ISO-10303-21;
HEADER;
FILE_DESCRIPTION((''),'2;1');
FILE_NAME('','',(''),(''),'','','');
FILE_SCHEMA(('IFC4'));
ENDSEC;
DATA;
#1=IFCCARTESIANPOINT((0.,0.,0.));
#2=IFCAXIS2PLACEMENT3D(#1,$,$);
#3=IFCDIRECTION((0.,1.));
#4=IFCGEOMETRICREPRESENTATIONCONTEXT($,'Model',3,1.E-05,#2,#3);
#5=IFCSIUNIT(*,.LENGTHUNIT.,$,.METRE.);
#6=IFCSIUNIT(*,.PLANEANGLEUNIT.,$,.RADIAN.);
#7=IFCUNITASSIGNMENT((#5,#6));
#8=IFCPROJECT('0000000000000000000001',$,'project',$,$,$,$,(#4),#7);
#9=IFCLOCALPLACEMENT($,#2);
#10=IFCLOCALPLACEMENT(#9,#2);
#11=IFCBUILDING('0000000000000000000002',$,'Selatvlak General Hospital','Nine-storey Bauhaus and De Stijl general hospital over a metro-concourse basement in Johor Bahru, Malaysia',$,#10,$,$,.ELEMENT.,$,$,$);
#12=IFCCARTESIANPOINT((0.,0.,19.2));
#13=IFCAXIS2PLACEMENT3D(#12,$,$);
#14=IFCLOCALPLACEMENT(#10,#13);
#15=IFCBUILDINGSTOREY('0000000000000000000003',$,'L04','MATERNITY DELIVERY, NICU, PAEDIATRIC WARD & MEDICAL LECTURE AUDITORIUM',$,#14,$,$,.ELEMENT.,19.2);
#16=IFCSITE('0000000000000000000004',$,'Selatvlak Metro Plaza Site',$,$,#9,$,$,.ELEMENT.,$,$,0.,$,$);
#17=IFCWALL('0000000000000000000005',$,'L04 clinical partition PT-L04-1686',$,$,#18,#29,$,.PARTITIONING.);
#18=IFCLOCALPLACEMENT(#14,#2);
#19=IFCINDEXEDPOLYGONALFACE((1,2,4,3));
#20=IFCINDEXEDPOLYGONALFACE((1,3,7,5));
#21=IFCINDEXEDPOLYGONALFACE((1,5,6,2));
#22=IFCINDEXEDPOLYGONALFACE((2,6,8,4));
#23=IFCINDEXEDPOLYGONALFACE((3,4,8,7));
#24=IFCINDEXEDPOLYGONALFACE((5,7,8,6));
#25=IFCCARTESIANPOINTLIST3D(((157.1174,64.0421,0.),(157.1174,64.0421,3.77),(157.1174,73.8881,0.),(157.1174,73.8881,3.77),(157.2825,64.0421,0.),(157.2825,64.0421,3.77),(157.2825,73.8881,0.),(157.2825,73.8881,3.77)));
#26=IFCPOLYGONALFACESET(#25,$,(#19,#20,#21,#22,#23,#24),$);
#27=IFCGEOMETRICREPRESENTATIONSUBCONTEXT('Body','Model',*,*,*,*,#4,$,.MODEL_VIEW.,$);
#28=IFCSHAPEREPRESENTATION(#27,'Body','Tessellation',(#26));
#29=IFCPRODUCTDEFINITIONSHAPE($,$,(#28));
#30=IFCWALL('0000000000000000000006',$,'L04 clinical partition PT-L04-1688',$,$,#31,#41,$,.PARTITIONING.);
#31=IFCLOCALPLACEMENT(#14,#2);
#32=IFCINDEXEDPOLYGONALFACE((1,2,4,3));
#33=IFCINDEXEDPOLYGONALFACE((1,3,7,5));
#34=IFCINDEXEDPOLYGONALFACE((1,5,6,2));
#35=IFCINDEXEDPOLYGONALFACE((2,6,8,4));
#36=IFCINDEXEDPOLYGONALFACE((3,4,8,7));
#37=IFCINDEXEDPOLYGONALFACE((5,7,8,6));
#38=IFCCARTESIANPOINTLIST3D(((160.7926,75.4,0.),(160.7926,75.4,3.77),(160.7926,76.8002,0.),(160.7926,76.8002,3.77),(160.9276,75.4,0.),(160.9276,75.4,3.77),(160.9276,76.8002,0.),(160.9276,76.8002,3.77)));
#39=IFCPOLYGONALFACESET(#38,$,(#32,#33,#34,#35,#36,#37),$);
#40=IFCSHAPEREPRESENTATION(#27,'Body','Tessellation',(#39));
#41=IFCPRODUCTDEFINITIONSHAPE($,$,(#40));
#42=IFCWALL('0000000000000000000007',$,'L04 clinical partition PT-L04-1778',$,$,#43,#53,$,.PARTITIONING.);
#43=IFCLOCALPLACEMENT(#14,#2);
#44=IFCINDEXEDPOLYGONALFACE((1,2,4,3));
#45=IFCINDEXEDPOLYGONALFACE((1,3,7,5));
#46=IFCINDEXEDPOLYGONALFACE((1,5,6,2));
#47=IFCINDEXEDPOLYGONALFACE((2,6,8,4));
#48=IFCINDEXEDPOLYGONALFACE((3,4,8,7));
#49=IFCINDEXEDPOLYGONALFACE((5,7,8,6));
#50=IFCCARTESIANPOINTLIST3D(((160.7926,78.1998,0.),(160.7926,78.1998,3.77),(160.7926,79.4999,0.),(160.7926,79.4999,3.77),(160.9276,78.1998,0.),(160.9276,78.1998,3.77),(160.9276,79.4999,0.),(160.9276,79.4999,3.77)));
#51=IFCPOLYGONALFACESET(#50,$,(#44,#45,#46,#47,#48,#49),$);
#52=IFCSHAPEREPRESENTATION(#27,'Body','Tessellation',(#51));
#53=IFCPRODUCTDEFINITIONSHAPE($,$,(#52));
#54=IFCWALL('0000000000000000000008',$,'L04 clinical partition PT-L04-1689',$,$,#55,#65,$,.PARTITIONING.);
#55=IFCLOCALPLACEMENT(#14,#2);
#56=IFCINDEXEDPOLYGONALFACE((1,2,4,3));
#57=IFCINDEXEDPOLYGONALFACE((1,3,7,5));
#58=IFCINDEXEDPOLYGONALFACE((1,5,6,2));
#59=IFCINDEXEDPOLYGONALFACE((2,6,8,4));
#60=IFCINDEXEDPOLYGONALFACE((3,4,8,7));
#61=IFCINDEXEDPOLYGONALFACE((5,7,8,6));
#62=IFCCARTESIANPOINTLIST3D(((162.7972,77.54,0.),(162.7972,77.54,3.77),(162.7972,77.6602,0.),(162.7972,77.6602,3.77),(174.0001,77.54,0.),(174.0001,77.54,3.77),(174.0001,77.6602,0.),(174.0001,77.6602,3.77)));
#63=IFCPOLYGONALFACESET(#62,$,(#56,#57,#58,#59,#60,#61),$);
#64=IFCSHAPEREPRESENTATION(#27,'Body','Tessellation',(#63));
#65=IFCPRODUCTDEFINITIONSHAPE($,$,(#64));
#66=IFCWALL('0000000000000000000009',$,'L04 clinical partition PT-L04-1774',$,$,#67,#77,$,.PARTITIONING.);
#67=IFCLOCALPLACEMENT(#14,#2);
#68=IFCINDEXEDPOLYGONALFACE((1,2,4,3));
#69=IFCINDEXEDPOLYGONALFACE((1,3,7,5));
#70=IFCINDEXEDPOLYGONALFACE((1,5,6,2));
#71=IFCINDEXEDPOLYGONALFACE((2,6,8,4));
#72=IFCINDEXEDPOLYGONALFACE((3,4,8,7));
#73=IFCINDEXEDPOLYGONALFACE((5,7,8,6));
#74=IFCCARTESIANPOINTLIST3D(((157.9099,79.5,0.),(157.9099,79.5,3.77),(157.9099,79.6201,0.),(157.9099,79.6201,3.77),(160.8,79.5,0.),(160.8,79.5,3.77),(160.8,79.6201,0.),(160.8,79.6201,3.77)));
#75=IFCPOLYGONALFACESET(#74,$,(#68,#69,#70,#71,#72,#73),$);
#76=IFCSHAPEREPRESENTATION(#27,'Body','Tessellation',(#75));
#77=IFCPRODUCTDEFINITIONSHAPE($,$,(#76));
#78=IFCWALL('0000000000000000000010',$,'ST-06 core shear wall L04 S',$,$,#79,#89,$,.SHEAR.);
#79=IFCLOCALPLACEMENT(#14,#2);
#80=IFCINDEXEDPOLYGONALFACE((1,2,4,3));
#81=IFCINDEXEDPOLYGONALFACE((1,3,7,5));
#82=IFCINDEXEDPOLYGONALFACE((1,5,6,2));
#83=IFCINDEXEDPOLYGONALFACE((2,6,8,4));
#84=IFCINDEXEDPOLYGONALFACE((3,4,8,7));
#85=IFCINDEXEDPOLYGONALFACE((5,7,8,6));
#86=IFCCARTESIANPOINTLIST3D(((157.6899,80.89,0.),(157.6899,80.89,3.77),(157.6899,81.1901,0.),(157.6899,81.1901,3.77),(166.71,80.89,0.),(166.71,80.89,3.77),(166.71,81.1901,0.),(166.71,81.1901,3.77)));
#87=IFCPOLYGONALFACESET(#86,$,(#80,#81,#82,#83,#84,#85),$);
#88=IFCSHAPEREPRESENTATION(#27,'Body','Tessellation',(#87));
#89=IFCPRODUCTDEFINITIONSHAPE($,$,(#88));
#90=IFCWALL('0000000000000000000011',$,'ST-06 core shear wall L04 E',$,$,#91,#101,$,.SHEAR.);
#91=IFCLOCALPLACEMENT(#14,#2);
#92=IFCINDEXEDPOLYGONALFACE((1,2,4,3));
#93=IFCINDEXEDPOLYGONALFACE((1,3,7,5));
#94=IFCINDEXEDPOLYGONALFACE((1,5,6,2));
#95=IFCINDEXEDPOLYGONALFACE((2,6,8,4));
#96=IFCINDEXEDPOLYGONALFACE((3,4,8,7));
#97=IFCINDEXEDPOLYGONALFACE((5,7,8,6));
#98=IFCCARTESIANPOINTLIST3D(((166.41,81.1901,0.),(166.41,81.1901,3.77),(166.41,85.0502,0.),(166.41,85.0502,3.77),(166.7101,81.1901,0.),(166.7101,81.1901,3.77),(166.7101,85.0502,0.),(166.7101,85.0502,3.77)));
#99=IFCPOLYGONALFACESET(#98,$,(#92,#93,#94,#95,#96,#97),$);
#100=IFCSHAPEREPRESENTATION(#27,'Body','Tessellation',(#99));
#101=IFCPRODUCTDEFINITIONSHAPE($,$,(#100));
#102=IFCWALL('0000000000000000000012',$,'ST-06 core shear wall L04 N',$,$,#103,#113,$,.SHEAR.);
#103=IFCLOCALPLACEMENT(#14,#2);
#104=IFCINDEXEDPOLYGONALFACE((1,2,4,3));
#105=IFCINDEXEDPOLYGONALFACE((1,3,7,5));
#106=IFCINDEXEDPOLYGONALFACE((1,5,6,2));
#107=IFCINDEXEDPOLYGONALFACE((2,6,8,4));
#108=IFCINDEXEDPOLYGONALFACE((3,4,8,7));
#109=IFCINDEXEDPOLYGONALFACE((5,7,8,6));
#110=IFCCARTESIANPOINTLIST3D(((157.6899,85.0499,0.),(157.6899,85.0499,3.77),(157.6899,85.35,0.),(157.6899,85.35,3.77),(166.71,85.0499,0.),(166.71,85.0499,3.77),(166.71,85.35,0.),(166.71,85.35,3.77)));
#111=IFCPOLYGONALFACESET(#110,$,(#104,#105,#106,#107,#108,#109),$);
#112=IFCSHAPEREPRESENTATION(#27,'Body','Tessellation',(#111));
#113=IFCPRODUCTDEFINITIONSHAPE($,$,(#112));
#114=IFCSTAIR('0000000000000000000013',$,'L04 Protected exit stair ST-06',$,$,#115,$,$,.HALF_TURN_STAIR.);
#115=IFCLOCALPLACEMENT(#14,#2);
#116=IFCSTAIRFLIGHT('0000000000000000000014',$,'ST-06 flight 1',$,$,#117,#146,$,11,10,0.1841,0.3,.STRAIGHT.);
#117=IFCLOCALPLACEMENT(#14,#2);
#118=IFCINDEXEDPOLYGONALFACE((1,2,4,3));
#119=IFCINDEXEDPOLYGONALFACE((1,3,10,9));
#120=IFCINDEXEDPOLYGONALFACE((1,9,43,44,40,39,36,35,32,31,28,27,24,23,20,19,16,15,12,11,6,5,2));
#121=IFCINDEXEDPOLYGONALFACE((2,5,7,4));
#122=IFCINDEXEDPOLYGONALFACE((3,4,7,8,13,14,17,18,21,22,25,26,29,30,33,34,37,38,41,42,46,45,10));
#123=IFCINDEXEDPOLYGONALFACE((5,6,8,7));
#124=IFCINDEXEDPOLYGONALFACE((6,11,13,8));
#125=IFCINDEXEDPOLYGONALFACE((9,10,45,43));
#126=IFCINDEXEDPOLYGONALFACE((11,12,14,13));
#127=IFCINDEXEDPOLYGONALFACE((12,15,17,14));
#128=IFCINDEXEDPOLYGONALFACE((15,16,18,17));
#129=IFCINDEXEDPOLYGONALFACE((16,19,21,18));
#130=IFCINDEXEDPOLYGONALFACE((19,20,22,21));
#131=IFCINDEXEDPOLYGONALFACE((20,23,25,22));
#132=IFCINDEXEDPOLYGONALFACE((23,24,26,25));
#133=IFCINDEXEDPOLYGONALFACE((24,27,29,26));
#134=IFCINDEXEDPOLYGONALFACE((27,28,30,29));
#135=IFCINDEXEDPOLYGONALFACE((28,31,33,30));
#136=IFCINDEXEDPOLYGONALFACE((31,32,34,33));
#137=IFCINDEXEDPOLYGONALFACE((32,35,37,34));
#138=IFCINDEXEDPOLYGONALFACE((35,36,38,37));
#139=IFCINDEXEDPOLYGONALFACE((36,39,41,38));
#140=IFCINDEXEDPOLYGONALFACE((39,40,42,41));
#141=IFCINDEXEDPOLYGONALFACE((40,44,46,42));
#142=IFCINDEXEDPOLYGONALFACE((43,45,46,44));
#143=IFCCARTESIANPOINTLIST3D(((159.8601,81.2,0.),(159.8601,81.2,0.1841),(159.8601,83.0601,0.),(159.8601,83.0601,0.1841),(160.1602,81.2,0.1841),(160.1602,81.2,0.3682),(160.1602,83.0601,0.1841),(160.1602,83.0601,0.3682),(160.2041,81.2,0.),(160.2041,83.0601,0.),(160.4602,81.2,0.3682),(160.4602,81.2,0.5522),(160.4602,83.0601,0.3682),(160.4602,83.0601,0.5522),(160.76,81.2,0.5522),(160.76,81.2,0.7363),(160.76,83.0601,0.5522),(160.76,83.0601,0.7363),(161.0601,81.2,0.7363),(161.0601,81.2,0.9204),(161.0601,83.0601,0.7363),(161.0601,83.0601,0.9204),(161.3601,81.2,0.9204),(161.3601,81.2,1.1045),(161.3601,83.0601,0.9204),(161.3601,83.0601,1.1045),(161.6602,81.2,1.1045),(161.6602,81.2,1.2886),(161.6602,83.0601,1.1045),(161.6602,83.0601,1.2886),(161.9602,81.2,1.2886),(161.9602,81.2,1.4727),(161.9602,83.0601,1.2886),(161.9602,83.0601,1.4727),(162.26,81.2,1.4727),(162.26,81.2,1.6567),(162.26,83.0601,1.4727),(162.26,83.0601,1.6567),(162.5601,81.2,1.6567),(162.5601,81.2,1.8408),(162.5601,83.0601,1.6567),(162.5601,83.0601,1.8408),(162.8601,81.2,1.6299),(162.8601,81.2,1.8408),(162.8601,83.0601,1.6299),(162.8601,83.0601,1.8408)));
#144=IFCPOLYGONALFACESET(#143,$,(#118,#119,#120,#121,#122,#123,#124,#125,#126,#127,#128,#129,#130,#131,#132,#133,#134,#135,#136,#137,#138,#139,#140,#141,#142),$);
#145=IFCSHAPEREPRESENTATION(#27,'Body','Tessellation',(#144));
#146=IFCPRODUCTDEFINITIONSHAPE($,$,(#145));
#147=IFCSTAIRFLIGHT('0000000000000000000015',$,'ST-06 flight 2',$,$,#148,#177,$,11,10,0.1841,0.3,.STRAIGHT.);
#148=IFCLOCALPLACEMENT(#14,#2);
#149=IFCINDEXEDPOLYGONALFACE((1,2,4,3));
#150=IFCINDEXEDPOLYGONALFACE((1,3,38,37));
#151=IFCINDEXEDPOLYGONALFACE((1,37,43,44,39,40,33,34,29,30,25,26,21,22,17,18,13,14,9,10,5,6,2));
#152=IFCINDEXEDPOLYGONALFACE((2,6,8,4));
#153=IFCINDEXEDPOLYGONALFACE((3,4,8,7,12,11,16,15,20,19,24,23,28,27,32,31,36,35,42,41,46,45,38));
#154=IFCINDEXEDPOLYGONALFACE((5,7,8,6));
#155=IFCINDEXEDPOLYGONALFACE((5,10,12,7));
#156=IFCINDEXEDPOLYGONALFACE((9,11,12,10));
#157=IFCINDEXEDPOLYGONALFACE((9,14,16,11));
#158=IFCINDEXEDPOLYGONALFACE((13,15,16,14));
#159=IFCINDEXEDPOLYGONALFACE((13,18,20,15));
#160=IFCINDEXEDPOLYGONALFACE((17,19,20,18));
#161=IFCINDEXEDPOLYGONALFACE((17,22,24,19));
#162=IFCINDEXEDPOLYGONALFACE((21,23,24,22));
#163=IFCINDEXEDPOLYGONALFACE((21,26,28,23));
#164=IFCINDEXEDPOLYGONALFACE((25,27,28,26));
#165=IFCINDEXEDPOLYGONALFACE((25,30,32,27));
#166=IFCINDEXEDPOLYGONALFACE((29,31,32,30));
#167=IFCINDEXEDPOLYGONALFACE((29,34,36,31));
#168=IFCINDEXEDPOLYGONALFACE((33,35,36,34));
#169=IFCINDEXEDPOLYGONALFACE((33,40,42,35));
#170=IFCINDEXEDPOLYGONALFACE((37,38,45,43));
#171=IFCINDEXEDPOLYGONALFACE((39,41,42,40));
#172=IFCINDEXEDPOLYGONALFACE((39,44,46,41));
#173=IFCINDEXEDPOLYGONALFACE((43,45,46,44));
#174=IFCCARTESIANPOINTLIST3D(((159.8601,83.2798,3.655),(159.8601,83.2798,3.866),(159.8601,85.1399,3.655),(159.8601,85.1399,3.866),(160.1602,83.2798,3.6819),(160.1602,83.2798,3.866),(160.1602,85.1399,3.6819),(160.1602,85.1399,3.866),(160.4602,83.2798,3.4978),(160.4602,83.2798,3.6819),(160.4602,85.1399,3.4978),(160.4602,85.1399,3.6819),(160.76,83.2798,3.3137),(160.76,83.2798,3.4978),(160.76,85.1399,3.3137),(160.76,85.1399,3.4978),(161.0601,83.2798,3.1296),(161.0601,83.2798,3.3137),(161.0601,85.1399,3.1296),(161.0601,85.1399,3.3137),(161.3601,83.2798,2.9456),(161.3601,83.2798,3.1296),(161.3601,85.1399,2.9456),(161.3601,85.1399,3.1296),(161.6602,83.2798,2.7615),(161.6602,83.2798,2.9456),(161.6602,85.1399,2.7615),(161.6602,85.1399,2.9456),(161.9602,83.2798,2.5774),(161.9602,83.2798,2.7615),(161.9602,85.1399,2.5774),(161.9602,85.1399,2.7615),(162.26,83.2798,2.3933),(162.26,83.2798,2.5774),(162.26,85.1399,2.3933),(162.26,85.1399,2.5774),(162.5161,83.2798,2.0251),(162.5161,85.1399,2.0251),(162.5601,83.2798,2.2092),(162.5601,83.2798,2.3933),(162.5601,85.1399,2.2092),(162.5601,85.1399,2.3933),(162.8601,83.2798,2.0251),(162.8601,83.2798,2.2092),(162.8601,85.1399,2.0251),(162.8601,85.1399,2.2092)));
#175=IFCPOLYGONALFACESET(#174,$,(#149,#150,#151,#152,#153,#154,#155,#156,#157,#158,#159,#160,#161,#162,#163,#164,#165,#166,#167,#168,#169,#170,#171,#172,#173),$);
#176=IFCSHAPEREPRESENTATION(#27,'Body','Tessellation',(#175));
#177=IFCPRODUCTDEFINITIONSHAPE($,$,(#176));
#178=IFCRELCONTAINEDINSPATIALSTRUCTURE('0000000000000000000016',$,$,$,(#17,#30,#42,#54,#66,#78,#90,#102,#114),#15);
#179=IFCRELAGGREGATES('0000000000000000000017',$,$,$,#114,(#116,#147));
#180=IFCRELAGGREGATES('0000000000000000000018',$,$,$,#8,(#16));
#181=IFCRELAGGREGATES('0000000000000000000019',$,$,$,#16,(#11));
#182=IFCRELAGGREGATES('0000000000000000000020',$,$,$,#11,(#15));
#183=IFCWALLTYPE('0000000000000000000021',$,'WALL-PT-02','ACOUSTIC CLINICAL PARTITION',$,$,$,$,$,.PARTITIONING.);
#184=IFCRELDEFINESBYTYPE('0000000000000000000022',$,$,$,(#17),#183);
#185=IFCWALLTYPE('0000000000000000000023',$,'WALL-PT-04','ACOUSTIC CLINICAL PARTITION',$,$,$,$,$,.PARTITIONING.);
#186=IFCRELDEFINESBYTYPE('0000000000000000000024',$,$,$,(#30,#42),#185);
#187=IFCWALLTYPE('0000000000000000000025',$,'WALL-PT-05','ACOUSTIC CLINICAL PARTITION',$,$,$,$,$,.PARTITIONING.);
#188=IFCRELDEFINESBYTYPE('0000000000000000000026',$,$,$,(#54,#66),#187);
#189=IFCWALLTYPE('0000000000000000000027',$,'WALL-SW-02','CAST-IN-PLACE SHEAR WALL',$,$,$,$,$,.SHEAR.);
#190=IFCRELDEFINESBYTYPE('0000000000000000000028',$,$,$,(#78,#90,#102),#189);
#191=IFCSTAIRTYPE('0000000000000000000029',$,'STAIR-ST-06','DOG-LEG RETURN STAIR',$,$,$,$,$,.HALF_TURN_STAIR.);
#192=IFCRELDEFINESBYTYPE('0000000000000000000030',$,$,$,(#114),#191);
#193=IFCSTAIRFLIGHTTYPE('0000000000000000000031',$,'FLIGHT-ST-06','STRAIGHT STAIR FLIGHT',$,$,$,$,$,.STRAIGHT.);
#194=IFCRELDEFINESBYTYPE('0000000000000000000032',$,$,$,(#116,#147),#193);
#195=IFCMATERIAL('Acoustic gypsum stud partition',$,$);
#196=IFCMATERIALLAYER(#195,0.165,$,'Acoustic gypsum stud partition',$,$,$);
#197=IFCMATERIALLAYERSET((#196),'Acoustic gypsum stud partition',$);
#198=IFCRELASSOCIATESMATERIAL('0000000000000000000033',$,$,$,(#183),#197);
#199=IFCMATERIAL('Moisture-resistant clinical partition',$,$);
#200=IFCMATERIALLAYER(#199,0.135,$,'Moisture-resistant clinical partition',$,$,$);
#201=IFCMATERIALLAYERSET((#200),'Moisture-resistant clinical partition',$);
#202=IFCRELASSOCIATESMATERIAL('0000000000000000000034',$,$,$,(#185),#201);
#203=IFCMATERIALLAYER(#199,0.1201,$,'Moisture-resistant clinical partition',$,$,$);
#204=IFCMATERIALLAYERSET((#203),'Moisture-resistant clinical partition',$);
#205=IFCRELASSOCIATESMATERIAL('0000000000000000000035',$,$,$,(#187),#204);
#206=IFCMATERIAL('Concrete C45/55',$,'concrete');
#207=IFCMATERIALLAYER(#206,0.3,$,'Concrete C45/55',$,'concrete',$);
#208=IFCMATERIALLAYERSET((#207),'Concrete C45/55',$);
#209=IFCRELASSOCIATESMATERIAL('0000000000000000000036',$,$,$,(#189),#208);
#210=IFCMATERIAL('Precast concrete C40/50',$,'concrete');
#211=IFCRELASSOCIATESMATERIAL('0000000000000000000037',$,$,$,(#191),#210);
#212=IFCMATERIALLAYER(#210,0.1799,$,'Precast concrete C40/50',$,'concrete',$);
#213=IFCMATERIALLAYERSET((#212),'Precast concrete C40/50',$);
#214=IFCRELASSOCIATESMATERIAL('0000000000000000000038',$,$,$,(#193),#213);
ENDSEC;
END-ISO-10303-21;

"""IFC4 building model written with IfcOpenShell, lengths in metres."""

from ifc_helpers import new_model, si_unit, direction, frame, frame_2d, origin, place, context, subcontext, project, spatial, polyline, rectangle, outline, extrude, material, layer, layer_set, type_object, element, aggregate, save


model = new_model("IFC4")

# Units and contexts
model_context = context("Model", 3, precision=1e-05, world=origin(), true_north=direction((0.0, 1.0)))
body_context = subcontext(model_context, "Body", "Model", "MODEL_VIEW")
ifc_project = project(units=[si_unit("LENGTHUNIT", "METRE"), si_unit("PLANEANGLEUNIT", "RADIAN")], contexts=[model_context])

# Site, building, storey
site_placement = place(None, origin())
site = spatial("IfcSite", under=ifc_project, at=site_placement, Name="Selatvlak Metro Plaza Site", CompositionType="ELEMENT", RefElevation=0.0)
building_placement = place(site_placement, origin())
building = spatial("IfcBuilding", under=site, at=building_placement, Name="Selatvlak General Hospital", Description="Nine-storey Bauhaus and De Stijl general hospital over a metro-concourse basement in Johor Bahru, Malaysia", CompositionType="ELEMENT")
storey_placement = place(building_placement, frame((0.0, 0.0, 19.2)))
storey = spatial("IfcBuildingStorey", under=building, at=storey_placement, Name="L04", Description="MATERNITY DELIVERY, NICU, PAEDIATRIC WARD & MEDICAL LECTURE AUDITORIUM", CompositionType="ELEMENT", Elevation=19.2)

# Wall
ifc_material_1 = material(Name="Acoustic gypsum stud partition")
ifc_layer_1 = layer(ifc_material_1, 0.165, Name="Acoustic gypsum stud partition")
ifc_layer_set_1 = layer_set([ifc_layer_1], Name="Acoustic gypsum stud partition")
wall_type_1 = type_object("IfcWallType", Name="WALL-PT-02", Description="ACOUSTIC CLINICAL PARTITION", PredefinedType="PARTITIONING", material=ifc_layer_set_1)
wall_1_placement = place(storey_placement, frame((157.2, 73.8879, 0.0), z_axis=(0.0, 0.0, 1.0), x_axis=(0.0, -1.0, 0.0)))
element("IfcWall", 1, at=wall_1_placement, inside=storey, type_object=wall_type_1, Name="L04 clinical partition PT-L04-1686", PredefinedType="PARTITIONING", context=body_context, shape_type="SweptSolid", body=[
    extrude(rectangle(XDim=9.8459, YDim=0.165, at=frame_2d((4.9229, 0.0))), origin(), (0.0, 0.0, 1.0), 3.77),
])

# Walls
ifc_material_2 = material(Name="Moisture-resistant clinical partition")
ifc_layer_2 = layer(ifc_material_2, 0.135, Name="Moisture-resistant clinical partition")
ifc_layer_set_2 = layer_set([ifc_layer_2], Name="Moisture-resistant clinical partition")
wall_type_2 = type_object("IfcWallType", Name="WALL-PT-04", Description="ACOUSTIC CLINICAL PARTITION", PredefinedType="PARTITIONING", material=ifc_layer_set_2)
wall_2_placement = place(storey_placement, frame((160.8601, 75.3999, 0.0), z_axis=(0.0, 0.0, 1.0), x_axis=(0.0, 1.0, 0.0)))
element("IfcWall", 2, at=wall_2_placement, inside=storey, type_object=wall_type_2, Name="L04 clinical partition PT-L04-1688", PredefinedType="PARTITIONING", context=body_context, shape_type="SweptSolid", body=[
    extrude(rectangle(XDim=1.4001, YDim=0.135, at=frame_2d((0.7002, 0.0))), origin(), (0.0, 0.0, 1.0), 3.77),
])
wall_3_placement = place(storey_placement, frame((160.8601, 78.2, 0.0), z_axis=(0.0, 0.0, 1.0), x_axis=(0.0, 1.0, 0.0)))
element("IfcWall", 3, at=wall_3_placement, inside=storey, type_object=wall_type_2, Name="L04 clinical partition PT-L04-1778", PredefinedType="PARTITIONING", context=body_context, shape_type="SweptSolid", body=[
    extrude(rectangle(XDim=1.3, YDim=0.135, at=frame_2d((0.6499, 0.0))), origin(), (0.0, 0.0, 1.0), 3.77),
])
ifc_layer_3 = layer(ifc_material_2, 0.1201, Name="Moisture-resistant clinical partition")
ifc_layer_set_3 = layer_set([ifc_layer_3], Name="Moisture-resistant clinical partition")
wall_type_3 = type_object("IfcWallType", Name="WALL-PT-05", Description="ACOUSTIC CLINICAL PARTITION", PredefinedType="PARTITIONING", material=ifc_layer_set_3)
wall_4_placement = place(storey_placement, frame((162.7971, 77.6001, 0.0), z_axis=(0.0, 0.0, 1.0), x_axis=(1.0, 0.0, 0.0)))
element("IfcWall", 4, at=wall_4_placement, inside=storey, type_object=wall_type_3, Name="L04 clinical partition PT-L04-1689", PredefinedType="PARTITIONING", context=body_context, shape_type="SweptSolid", body=[
    extrude(rectangle(XDim=11.2029, YDim=0.1201, at=frame_2d((5.6016, 0.0))), origin(), (0.0, 0.0, 1.0), 3.77),
])
wall_5_placement = place(storey_placement, frame((160.8, 79.5601, 0.0), z_axis=(0.0, 0.0, 1.0), x_axis=(-1.0, 0.0, 0.0)))
element("IfcWall", 5, at=wall_5_placement, inside=storey, type_object=wall_type_3, Name="L04 clinical partition PT-L04-1774", PredefinedType="PARTITIONING", context=body_context, shape_type="SweptSolid", body=[
    extrude(rectangle(XDim=2.8901, YDim=0.1201, at=frame_2d((1.4451, 0.0))), origin(), (0.0, 0.0, 1.0), 3.77),
])
ifc_material_3 = material(Name="Concrete C45/55", Category="concrete")
ifc_layer_4 = layer(ifc_material_3, 0.3, Name="Concrete C45/55", Category="concrete")
ifc_layer_set_4 = layer_set([ifc_layer_4], Name="Concrete C45/55")
wall_type_4 = type_object("IfcWallType", Name="WALL-SW-02", Description="CAST-IN-PLACE SHEAR WALL", PredefinedType="SHEAR", material=ifc_layer_set_4)
wall_6_placement = place(storey_placement, frame((157.6899, 81.04, 0.0), z_axis=(0.0, 0.0, 1.0), x_axis=(1.0, 0.0, 0.0)))
element("IfcWall", 6, at=wall_6_placement, inside=storey, type_object=wall_type_4, Name="ST-06 core shear wall L04 S", PredefinedType="SHEAR", context=body_context, shape_type="SweptSolid", body=[
    extrude(rectangle(XDim=9.02, YDim=0.3, at=frame_2d((4.51, 0.0))), origin(), (0.0, 0.0, 1.0), 3.77),
])
wall_7_placement = place(storey_placement, frame((166.5601, 81.1899, 0.0), z_axis=(0.0, 0.0, 1.0), x_axis=(0.0, 1.0, 0.0)))
element("IfcWall", 7, at=wall_7_placement, inside=storey, type_object=wall_type_4, Name="ST-06 core shear wall L04 E", PredefinedType="SHEAR", context=body_context, shape_type="SweptSolid", body=[
    extrude(rectangle(XDim=3.8601, YDim=0.3, at=frame_2d((1.9302, 0.0))), origin(), (0.0, 0.0, 1.0), 3.77),
])
wall_8_placement = place(storey_placement, frame((166.71, 85.2, 0.0), z_axis=(0.0, 0.0, 1.0), x_axis=(-1.0, 0.0, 0.0)))
element("IfcWall", 8, at=wall_8_placement, inside=storey, type_object=wall_type_4, Name="ST-06 core shear wall L04 N", PredefinedType="SHEAR", context=body_context, shape_type="SweptSolid", body=[
    extrude(rectangle(XDim=9.02, YDim=0.3, at=frame_2d((4.51, 0.0))), origin(), (0.0, 0.0, 1.0), 3.77),
])

# Stair, stair flights
ifc_material_4 = material(Name="Precast concrete C40/50", Category="concrete")
stair_type = type_object("IfcStairType", Name="STAIR-ST-06", Description="DOG-LEG RETURN STAIR", PredefinedType="HALF_TURN_STAIR", material=ifc_material_4)
stair_placement = place(storey_placement, origin())
stair = element("IfcStair", 9, at=stair_placement, inside=storey, type_object=stair_type, Name="L04 Protected exit stair ST-06", PredefinedType="HALF_TURN_STAIR")
ifc_layer_5 = layer(ifc_material_4, 0.1799, Name="Precast concrete C40/50", Category="concrete")
ifc_layer_set_5 = layer_set([ifc_layer_5], Name="Precast concrete C40/50")
stair_flight_type = type_object("IfcStairFlightType", Name="FLIGHT-ST-06", Description="STRAIGHT STAIR FLIGHT", PredefinedType="STRAIGHT", material=ifc_layer_set_5)
stair_flight_1_placement = place(storey_placement, frame((159.8601, 82.1299, 0.0), z_axis=(0.0, 0.0, 1.0), x_axis=(1.0, 0.0, 0.0)))
stair_flight_1 = element("IfcStairFlight", 10, at=stair_flight_1_placement, type_object=stair_flight_type, Name="ST-06 flight 1", NumberOfRisers=11, NumberOfTreads=10, PredefinedType="STRAIGHT", RiserHeight=0.1841, TreadLength=0.3, context=body_context, shape_type="SweptSolid", body=[
    extrude(outline(polyline([(0.0, 0.0), (0.0, 0.1841), (0.3, 0.1841), (0.3, 0.3682), (0.6001, 0.3682), (0.6001, 0.5522), (0.8999, 0.5522), (0.8999, 0.7363), (1.2, 0.7363), (1.2, 0.9204), (1.5, 0.9204), (1.5, 1.1045), (1.8, 1.1045), (1.8, 1.2886), (2.1001, 1.2886), (2.1001, 1.4727), (2.3999, 1.4727), (2.3999, 1.6567), (2.7, 1.6567), (2.7, 1.8408), (3.0, 1.8408), (3.0, 2.0249), (3.0, 1.6299), (0.344, 0.0), (0.0, 0.0)])), frame((0.0, 0.9302, 0.0), z_axis=(0.0, -1.0, 0.0), x_axis=(1.0, 0.0, 0.0)), (0.0, 0.0, 1.0), 1.8601),
])
stair_flight_2_placement = place(storey_placement, frame((162.8601, 84.21, 2.0251), z_axis=(0.0, 0.0, 1.0), x_axis=(-1.0, 0.0, 0.0)))
stair_flight_2 = element("IfcStairFlight", 11, at=stair_flight_2_placement, type_object=stair_flight_type, Name="ST-06 flight 2", NumberOfRisers=11, NumberOfTreads=10, PredefinedType="STRAIGHT", RiserHeight=0.1841, TreadLength=0.3, context=body_context, shape_type="SweptSolid", body=[
    extrude(outline(polyline([(0.0, 0.0), (0.0, 0.1841), (0.3, 0.1841), (0.3, 0.3682), (0.6001, 0.3682), (0.6001, 0.5522), (0.8999, 0.5522), (0.8999, 0.7363), (1.2, 0.7363), (1.2, 0.9204), (1.5, 0.9204), (1.5, 1.1045), (1.8, 1.1045), (1.8, 1.2886), (2.1001, 1.2886), (2.1001, 1.4727), (2.3999, 1.4727), (2.3999, 1.6567), (2.7, 1.6567), (2.7, 1.8408), (3.0, 1.8408), (3.0, 2.0249), (3.0, 1.6299), (0.344, 0.0), (0.0, 0.0)])), frame((0.0, 0.9302, 0.0), z_axis=(0.0, -1.0, 0.0), x_axis=(1.0, 0.0, 0.0)), (0.0, 0.0, 1.0), 1.8601),
])
aggregate(stair, [stair_flight_1, stair_flight_2])

save(model, "model.ifc")
